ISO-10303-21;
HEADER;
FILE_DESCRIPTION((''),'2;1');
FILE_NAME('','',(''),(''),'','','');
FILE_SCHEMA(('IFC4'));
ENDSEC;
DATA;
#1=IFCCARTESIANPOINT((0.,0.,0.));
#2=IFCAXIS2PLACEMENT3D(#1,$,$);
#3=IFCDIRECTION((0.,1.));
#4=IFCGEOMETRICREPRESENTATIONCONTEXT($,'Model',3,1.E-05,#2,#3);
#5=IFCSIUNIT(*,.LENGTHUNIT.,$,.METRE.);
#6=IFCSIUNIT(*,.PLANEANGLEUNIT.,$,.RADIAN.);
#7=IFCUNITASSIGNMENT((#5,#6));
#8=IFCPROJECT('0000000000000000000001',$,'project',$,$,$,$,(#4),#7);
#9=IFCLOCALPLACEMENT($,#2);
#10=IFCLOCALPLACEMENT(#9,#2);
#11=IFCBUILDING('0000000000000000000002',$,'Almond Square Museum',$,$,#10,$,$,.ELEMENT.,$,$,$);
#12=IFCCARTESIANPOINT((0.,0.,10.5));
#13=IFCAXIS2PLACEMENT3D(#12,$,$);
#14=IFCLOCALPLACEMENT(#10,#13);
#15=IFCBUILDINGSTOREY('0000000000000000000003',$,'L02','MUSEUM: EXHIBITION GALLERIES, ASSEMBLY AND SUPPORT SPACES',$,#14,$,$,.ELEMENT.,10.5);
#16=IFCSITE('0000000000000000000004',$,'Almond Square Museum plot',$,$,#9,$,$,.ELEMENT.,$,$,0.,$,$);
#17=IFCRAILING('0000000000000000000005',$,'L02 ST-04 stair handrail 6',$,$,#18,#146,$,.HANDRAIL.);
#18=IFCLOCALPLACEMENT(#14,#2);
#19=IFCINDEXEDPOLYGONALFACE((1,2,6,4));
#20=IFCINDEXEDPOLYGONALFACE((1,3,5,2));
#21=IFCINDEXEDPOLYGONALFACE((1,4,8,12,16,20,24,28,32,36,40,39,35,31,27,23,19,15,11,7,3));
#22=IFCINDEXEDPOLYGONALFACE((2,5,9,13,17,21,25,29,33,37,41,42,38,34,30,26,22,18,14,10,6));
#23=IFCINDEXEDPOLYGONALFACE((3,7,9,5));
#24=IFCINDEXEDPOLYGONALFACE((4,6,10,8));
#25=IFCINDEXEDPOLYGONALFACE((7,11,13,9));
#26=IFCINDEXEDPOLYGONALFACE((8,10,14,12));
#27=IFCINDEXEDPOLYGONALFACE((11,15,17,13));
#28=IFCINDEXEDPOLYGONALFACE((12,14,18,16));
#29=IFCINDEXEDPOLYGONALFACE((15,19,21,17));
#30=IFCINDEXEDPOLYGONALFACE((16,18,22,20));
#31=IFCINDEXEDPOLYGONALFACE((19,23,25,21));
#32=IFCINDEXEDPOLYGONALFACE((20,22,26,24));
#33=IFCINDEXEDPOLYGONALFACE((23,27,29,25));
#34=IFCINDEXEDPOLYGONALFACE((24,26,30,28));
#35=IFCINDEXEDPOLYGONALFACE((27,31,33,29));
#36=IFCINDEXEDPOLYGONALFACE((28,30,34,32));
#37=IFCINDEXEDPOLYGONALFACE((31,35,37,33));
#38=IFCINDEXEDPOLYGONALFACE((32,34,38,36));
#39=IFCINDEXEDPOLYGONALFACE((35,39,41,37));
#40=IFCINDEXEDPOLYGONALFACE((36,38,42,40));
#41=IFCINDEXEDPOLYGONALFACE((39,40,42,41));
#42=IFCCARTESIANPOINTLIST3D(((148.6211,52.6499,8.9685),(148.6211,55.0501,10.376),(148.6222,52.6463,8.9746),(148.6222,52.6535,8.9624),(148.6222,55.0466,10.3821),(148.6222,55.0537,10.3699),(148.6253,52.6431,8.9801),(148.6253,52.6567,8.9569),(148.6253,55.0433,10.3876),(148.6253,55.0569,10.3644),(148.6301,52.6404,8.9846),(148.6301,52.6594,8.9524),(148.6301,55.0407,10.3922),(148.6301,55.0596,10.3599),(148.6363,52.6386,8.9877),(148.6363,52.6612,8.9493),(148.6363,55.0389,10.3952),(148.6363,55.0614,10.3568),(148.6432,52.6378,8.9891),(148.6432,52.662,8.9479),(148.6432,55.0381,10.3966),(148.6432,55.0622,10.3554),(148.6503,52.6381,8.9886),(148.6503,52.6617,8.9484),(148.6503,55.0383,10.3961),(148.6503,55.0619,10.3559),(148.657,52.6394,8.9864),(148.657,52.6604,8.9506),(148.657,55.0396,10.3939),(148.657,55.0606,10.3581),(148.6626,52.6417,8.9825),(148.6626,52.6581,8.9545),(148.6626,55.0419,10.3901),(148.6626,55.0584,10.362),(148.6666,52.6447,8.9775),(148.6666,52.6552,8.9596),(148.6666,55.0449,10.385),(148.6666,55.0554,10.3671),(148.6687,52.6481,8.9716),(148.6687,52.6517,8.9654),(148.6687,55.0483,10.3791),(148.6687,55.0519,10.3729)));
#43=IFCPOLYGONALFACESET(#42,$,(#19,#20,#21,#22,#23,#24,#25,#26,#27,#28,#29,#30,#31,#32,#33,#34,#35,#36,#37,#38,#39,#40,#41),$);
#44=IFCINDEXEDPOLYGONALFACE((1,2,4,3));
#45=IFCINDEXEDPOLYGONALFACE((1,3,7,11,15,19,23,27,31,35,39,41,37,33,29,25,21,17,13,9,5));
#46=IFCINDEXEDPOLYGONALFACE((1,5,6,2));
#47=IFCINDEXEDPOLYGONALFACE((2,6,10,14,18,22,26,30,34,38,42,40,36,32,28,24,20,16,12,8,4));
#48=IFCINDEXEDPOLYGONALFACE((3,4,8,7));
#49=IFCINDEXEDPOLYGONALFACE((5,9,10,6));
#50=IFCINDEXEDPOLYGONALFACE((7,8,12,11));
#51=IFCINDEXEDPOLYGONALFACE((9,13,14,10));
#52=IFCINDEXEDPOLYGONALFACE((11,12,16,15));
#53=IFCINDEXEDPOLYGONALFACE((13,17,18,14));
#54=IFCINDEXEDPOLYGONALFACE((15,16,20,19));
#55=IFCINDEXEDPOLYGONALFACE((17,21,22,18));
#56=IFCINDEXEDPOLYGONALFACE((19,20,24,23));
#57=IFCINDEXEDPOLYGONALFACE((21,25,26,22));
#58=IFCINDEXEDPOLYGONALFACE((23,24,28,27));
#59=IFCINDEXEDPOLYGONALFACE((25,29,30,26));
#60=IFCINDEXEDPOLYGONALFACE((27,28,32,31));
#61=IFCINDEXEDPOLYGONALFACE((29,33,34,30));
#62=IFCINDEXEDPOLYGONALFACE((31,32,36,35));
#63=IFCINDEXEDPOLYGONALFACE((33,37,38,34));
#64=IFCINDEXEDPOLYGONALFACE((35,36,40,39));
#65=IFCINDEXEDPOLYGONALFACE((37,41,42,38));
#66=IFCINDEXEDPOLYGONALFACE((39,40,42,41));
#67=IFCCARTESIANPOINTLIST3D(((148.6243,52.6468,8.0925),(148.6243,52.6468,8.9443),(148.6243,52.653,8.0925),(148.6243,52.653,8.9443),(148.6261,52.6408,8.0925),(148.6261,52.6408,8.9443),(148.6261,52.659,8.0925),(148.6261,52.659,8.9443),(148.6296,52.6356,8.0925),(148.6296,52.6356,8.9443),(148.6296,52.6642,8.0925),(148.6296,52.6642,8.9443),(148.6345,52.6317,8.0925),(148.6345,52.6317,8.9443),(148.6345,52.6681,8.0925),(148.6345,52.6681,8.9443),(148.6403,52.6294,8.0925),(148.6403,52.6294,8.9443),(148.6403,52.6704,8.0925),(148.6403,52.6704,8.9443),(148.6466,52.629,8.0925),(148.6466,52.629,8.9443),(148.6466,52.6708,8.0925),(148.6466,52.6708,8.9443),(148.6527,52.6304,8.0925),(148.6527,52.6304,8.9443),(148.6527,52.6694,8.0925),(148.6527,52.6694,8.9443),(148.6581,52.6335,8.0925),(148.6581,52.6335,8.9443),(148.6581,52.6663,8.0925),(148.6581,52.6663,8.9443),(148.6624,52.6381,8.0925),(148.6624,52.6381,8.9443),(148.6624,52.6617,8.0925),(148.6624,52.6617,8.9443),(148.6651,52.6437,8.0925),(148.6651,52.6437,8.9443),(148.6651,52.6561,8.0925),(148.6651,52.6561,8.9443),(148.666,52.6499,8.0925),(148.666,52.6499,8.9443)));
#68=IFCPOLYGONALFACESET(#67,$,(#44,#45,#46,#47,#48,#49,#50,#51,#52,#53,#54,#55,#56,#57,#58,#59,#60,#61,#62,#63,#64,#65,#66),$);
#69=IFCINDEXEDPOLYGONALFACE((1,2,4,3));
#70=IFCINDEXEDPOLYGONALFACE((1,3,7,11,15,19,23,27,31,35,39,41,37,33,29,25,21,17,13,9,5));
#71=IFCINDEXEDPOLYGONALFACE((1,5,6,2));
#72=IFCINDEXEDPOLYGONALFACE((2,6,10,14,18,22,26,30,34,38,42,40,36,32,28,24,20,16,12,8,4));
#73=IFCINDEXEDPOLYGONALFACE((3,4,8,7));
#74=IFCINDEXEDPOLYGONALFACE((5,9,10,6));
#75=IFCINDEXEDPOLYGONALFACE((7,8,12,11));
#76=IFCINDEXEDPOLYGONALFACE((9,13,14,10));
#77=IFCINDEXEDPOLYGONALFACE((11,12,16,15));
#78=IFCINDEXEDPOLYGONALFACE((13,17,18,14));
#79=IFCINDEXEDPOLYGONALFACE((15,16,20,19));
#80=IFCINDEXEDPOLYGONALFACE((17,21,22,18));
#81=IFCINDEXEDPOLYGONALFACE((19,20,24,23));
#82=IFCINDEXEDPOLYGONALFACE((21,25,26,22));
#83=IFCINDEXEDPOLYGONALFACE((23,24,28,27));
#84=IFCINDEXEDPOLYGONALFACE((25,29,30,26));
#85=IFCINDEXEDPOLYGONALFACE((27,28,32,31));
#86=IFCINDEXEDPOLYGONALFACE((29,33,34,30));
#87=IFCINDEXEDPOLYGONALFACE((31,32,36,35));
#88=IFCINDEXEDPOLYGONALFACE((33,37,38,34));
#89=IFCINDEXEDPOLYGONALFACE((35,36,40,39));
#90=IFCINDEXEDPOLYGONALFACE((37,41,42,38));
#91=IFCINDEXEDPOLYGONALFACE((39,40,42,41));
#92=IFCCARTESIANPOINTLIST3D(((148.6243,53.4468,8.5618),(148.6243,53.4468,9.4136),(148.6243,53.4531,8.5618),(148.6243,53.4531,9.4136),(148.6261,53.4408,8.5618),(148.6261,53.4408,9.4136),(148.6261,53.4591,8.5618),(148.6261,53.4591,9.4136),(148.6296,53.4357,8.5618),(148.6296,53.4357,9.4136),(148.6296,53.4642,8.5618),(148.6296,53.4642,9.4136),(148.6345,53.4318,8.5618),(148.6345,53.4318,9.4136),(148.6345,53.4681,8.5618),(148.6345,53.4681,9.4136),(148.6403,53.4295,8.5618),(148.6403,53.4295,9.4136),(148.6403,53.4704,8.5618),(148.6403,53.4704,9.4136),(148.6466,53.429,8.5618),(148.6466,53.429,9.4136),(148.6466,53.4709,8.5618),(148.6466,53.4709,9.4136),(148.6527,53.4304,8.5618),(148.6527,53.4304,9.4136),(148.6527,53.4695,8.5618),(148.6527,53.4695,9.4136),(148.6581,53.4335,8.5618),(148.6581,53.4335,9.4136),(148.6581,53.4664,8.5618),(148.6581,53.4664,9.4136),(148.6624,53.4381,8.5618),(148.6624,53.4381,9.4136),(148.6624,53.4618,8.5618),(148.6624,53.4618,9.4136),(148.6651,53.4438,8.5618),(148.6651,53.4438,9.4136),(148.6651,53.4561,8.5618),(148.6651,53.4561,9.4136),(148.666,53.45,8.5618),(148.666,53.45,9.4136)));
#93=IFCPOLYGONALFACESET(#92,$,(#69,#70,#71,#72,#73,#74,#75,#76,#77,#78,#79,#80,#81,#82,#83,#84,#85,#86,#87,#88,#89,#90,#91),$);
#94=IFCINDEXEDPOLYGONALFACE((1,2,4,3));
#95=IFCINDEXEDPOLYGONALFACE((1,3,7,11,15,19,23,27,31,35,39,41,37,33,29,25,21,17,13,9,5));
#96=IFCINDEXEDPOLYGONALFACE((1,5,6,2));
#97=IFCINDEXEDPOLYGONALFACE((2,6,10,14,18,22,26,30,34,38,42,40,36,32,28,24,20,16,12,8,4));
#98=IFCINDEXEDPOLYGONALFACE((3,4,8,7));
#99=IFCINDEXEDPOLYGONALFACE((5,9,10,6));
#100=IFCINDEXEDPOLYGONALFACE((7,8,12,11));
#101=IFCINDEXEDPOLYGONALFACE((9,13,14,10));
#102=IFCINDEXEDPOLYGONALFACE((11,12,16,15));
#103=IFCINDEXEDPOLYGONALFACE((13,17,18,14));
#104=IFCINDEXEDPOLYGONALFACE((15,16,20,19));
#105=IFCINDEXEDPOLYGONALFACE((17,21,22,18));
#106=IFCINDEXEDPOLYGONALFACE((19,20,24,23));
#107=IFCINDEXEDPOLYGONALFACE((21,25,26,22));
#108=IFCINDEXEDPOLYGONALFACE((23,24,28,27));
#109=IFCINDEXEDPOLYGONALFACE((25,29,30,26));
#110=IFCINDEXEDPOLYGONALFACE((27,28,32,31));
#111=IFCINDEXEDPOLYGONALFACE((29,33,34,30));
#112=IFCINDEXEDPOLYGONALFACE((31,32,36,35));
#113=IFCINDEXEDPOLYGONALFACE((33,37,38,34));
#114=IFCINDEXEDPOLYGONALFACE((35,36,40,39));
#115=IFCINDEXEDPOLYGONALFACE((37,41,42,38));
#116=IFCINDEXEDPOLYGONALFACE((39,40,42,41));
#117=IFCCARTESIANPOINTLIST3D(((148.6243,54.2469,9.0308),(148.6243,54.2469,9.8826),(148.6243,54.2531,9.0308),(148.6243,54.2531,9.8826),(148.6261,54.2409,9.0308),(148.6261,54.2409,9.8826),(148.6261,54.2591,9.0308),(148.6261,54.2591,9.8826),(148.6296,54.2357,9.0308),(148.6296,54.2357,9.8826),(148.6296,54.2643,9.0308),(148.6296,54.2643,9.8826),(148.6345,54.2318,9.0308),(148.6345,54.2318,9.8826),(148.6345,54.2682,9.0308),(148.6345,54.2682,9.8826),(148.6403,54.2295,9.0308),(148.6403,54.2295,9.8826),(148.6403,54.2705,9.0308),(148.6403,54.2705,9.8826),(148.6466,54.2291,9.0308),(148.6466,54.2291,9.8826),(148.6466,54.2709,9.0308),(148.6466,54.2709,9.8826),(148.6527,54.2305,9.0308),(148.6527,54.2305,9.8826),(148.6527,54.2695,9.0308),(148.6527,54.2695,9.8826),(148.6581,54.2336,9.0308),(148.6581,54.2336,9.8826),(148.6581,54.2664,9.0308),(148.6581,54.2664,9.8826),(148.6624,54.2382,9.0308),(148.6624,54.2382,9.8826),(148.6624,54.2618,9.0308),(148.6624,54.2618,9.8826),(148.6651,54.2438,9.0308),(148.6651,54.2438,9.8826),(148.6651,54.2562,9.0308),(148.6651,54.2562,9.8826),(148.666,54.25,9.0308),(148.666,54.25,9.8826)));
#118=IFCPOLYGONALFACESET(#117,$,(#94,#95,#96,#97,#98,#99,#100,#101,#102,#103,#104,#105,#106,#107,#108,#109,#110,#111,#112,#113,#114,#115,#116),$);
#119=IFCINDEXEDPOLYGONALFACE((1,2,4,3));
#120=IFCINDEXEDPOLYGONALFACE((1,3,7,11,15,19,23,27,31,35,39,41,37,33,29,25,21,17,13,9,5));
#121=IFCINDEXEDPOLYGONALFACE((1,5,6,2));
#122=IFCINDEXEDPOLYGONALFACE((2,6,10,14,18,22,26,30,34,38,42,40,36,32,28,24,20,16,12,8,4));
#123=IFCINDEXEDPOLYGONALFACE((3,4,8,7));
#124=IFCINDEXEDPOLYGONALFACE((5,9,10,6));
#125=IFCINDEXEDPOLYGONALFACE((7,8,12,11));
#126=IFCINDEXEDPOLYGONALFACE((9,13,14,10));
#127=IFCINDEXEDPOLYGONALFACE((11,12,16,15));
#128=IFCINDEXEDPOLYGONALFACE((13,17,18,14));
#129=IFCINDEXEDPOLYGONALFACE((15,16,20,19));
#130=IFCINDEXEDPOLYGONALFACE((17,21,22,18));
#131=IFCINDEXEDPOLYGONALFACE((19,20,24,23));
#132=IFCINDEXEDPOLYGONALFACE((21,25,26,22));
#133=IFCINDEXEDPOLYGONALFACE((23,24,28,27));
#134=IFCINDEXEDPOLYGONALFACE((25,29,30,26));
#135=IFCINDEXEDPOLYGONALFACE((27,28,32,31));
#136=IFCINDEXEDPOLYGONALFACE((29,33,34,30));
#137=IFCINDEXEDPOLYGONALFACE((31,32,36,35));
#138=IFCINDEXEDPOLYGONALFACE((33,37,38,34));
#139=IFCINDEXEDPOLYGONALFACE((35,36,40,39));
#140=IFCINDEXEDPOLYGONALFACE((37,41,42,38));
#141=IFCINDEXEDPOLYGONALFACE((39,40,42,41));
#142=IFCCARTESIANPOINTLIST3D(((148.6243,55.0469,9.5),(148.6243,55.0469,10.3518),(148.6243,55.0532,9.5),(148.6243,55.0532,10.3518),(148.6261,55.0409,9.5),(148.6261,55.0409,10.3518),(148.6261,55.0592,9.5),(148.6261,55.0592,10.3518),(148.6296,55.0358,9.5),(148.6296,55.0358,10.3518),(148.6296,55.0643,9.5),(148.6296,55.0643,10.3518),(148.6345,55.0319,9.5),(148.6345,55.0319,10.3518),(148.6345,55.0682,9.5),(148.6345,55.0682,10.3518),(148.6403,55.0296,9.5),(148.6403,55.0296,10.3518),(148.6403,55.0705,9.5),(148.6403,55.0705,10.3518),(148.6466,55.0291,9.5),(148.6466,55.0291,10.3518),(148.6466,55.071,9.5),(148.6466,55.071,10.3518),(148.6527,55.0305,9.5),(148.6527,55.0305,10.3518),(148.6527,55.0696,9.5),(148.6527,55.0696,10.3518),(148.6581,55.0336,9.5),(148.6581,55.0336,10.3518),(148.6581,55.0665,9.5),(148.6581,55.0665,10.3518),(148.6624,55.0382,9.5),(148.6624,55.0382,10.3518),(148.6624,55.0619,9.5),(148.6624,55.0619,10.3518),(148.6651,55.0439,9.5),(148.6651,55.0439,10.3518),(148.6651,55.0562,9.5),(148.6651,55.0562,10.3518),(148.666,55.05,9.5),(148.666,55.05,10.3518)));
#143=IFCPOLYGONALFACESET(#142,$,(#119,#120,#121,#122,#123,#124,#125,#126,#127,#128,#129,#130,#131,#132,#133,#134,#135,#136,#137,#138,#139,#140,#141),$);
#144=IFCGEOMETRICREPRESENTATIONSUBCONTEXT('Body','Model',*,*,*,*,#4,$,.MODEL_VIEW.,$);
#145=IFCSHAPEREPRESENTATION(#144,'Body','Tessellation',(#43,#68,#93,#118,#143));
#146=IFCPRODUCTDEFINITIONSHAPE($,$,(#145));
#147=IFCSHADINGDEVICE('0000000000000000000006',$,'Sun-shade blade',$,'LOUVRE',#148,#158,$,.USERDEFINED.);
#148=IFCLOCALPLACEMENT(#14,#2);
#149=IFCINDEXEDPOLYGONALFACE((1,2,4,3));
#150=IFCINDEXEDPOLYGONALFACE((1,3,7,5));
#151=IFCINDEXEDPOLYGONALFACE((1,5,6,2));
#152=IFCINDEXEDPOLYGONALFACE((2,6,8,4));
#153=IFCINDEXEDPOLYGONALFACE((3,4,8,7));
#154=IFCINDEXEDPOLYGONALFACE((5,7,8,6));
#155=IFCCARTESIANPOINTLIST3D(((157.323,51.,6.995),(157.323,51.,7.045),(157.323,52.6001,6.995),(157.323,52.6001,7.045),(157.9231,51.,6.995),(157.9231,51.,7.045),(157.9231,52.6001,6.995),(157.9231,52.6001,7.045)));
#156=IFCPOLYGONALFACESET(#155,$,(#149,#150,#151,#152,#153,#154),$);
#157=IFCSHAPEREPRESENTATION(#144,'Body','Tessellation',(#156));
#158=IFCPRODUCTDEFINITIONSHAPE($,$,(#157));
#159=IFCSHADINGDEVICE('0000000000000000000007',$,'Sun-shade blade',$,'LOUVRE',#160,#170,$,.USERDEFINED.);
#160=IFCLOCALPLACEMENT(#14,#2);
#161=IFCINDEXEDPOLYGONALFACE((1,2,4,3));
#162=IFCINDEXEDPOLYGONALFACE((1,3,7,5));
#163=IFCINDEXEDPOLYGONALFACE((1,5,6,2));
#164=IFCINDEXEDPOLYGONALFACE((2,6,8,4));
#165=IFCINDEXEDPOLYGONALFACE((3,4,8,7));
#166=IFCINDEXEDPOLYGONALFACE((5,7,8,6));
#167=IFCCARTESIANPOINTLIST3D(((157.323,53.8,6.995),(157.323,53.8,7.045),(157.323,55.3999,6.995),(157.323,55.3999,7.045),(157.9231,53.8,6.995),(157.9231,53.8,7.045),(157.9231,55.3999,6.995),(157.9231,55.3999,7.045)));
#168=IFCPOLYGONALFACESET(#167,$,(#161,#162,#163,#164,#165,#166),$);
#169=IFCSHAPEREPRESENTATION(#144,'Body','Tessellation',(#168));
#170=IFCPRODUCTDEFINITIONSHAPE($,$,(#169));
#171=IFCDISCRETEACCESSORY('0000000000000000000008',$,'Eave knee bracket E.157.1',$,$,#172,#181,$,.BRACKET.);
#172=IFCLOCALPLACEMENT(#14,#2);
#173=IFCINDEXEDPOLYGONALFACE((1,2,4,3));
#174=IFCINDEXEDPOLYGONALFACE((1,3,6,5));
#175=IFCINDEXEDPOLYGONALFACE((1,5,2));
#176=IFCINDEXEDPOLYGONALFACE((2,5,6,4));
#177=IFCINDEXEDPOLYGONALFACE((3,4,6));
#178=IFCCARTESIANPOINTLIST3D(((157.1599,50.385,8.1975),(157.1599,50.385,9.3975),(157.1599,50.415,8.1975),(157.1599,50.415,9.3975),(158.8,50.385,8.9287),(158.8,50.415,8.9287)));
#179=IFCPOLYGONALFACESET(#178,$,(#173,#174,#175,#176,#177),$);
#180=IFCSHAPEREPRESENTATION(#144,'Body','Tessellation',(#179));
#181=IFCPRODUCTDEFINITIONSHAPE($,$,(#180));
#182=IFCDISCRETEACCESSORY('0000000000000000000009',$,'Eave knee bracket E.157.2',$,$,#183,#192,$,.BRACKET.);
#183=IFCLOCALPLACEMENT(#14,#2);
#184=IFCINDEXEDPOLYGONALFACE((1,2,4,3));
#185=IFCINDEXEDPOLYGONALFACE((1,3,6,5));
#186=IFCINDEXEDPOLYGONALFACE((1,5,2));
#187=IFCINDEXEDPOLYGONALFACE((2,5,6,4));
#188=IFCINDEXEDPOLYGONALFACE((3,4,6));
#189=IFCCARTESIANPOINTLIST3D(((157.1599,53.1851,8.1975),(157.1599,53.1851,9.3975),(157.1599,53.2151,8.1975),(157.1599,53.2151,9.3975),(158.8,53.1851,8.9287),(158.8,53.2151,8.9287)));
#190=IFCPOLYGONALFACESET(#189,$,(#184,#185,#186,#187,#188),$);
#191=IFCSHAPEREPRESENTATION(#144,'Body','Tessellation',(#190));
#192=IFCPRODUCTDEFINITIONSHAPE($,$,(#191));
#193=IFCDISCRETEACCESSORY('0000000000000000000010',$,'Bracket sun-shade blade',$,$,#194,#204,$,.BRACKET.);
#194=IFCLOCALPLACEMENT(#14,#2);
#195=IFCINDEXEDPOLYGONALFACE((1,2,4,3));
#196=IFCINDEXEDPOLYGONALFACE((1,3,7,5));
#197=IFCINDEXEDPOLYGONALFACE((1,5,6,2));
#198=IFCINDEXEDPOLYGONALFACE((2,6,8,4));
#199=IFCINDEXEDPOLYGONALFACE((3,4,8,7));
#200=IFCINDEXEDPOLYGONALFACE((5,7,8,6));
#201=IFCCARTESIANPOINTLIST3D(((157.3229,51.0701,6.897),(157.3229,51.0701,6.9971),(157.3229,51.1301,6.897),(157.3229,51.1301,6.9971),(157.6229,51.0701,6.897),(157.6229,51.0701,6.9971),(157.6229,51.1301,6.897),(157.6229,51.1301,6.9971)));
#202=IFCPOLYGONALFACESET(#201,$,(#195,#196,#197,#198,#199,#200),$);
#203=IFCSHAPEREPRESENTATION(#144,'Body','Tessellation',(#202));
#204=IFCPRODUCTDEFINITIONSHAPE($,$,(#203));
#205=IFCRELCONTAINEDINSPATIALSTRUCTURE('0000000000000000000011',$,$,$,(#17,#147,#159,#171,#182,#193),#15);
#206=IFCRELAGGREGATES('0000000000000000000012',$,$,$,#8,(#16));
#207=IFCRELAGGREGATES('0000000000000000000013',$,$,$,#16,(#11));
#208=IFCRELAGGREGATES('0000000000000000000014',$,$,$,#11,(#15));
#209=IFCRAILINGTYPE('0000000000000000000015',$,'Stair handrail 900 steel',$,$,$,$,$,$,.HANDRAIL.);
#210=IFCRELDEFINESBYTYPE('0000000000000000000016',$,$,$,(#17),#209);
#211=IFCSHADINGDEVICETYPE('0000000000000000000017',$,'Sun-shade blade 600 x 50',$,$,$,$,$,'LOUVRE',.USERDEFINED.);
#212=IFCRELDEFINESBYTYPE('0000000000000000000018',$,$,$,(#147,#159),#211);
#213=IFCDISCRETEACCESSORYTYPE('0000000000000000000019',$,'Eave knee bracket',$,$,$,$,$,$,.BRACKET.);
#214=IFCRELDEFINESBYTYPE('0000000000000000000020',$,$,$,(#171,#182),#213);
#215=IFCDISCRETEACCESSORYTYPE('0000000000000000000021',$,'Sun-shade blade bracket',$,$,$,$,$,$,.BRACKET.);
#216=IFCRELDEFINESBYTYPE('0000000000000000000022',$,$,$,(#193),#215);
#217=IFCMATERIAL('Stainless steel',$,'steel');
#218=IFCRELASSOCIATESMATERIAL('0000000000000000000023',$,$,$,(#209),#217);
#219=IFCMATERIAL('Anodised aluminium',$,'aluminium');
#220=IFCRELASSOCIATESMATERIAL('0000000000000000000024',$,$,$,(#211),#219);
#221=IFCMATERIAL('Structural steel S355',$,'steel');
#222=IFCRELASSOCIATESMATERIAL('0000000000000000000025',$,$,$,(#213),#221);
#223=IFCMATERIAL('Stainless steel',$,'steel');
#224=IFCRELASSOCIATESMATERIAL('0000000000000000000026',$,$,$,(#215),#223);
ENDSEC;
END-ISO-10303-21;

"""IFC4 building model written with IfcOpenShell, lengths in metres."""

from ifc_helpers import new_model, si_unit, direction, frame, origin, origin_2d, place, context, subcontext, project, spatial, polyline, rectangle, circle, outline, extrude, material, material_profile, profile_set, type_object, element, save


model = new_model("IFC4")

# Units and contexts
model_context = context("Model", 3, precision=1e-05, world=origin(), true_north=direction((0.0, 1.0)))
body_context = subcontext(model_context, "Body", "Model", "MODEL_VIEW")
ifc_project = project(units=[si_unit("LENGTHUNIT", "METRE"), si_unit("PLANEANGLEUNIT", "RADIAN")], contexts=[model_context])

# Site, building, storey
site_placement = place(None, origin())
site = spatial("IfcSite", under=ifc_project, at=site_placement, Name="Almond Square Museum plot", CompositionType="ELEMENT", RefElevation=0.0)
building_placement = place(site_placement, origin())
building = spatial("IfcBuilding", under=site, at=building_placement, Name="Almond Square Museum", CompositionType="ELEMENT")
storey_placement = place(building_placement, frame((0.0, 0.0, 10.5)))
storey = spatial("IfcBuildingStorey", under=building, at=storey_placement, Name="L02", Description="MUSEUM: EXHIBITION GALLERIES, ASSEMBLY AND SUPPORT SPACES", CompositionType="ELEMENT", Elevation=10.5)

# Railing
ifc_material_1 = material(Name="Stainless steel", Category="steel")
railing_type_1 = type_object("IfcRailingType", Name="Stair handrail 900 steel", PredefinedType="HANDRAIL", material=ifc_material_1)
railing_1_placement = place(storey_placement, frame((148.645, 52.6499, 8.0925)))
element("IfcRailing", 1, at=railing_1_placement, inside=storey, type_object=railing_type_1, Name="L02 ST-04 stair handrail 6", PredefinedType="HANDRAIL", context=body_context, shape_type="SweptSolid", body=[
    extrude(circle(Radius=0.0239, at=origin_2d()), frame((0.0, 0.0, 0.876), z_axis=(0.0, 0.862621, 0.50585), x_axis=(-1.0, 0.0, 0.0)), (0.0, 0.0, 1.0), 2.7825),
    extrude(circle(Radius=0.021, at=origin_2d()), origin(), (0.0, 0.0, 1.0), 0.8518),
    extrude(circle(Radius=0.021, at=origin_2d()), frame((0.0, 0.8, 0.4692)), (0.0, 0.0, 1.0), 0.8518),
    extrude(circle(Radius=0.021, at=origin_2d()), frame((0.0, 1.6001, 0.9382)), (0.0, 0.0, 1.0), 0.8518),
    extrude(circle(Radius=0.021, at=origin_2d()), frame((0.0, 2.4001, 1.4075)), (0.0, 0.0, 1.0), 0.8518),
])

# Shading devices
ifc_material_2 = material(Name="Anodised aluminium", Category="aluminium")
ifc_material_profile_1 = material_profile(ifc_material_2, rectangle(XDim=0.6001, YDim=0.05, at=origin_2d()))
ifc_profile_set_1 = profile_set([ifc_material_profile_1], Name="Anodised aluminium")
shading_device_type = type_object("IfcShadingDeviceType", Name="Sun-shade blade 600 x 50", ElementType="LOUVRE", PredefinedType="USERDEFINED", material=ifc_profile_set_1)
shading_device_1_placement = place(storey_placement, frame((157.623, 51.0, 7.02), z_axis=(0.0, 1.0, 0.0), x_axis=(-1.0, 0.0, 0.0)))
element("IfcShadingDevice", 2, at=shading_device_1_placement, inside=storey, type_object=shading_device_type, Name="Sun-shade blade", ObjectType="LOUVRE", PredefinedType="USERDEFINED", context=body_context, shape_type="SweptSolid", body=[
    extrude(rectangle(XDim=0.6001, YDim=0.05, at=origin_2d()), origin(), (0.0, 0.0, 1.0), 1.6001),
])
shading_device_2_placement = place(storey_placement, frame((157.623, 53.8, 7.02), z_axis=(0.0, 1.0, 0.0), x_axis=(-1.0, 0.0, 0.0)))
element("IfcShadingDevice", 3, at=shading_device_2_placement, inside=storey, type_object=shading_device_type, Name="Sun-shade blade", ObjectType="LOUVRE", PredefinedType="USERDEFINED", context=body_context, shape_type="SweptSolid", body=[
    extrude(rectangle(XDim=0.6001, YDim=0.05, at=origin_2d()), origin(), (0.0, 0.0, 1.0), 1.5999),
])

# Discrete accessories
ifc_material_3 = material(Name="Structural steel S355", Category="steel")
discrete_accessory_type_1 = type_object("IfcDiscreteAccessoryType", Name="Eave knee bracket", PredefinedType="BRACKET", material=ifc_material_3)
for number, where, z_axis, x_axis, name in (
    (4, (157.1599, 50.3999, 9.3975), (0.0, -1.0, 0.0), (0.0, 0.0, -1.0), "Eave knee bracket E.157.1"),
    (5, (157.1599, 53.2, 9.3975), (0.0, -1.0, 0.0), (0.0, 0.0, -1.0), "Eave knee bracket E.157.2"),
):
    element("IfcDiscreteAccessory", number, at=place(storey_placement, frame(where, z_axis=z_axis, x_axis=x_axis)), inside=storey, type_object=discrete_accessory_type_1, Name=name, PredefinedType="BRACKET", context=body_context, shape_type="SweptSolid", body=[
        extrude(outline(polyline([(0.0, 0.0), (1.2, 0.0), (0.4688, 1.6401), (0.0, 0.0)])), frame((0.0, 0.0, -0.0151)), (0.0, 0.0, 1.0), 0.03),
    ])
ifc_material_4 = material(Name="Stainless steel", Category="steel")
discrete_accessory_type_2 = type_object("IfcDiscreteAccessoryType", Name="Sun-shade blade bracket", PredefinedType="BRACKET", material=ifc_material_4)
for number, where, z_axis, x_axis, name in (
    (6, (157.4729, 51.1001, 6.897), (0.0, 0.0, 1.0), (1.0, 0.0, 0.0), "Bracket sun-shade blade"),
):
    element("IfcDiscreteAccessory", number, at=place(storey_placement, frame(where, z_axis=z_axis, x_axis=x_axis)), inside=storey, type_object=discrete_accessory_type_2, Name=name, PredefinedType="BRACKET", context=body_context, shape_type="SweptSolid", body=[
        extrude(rectangle(XDim=0.3, YDim=0.0601, at=origin_2d()), origin(), (0.0, 0.0, 1.0), 0.1001),
    ])

save(model, "model.ifc")
